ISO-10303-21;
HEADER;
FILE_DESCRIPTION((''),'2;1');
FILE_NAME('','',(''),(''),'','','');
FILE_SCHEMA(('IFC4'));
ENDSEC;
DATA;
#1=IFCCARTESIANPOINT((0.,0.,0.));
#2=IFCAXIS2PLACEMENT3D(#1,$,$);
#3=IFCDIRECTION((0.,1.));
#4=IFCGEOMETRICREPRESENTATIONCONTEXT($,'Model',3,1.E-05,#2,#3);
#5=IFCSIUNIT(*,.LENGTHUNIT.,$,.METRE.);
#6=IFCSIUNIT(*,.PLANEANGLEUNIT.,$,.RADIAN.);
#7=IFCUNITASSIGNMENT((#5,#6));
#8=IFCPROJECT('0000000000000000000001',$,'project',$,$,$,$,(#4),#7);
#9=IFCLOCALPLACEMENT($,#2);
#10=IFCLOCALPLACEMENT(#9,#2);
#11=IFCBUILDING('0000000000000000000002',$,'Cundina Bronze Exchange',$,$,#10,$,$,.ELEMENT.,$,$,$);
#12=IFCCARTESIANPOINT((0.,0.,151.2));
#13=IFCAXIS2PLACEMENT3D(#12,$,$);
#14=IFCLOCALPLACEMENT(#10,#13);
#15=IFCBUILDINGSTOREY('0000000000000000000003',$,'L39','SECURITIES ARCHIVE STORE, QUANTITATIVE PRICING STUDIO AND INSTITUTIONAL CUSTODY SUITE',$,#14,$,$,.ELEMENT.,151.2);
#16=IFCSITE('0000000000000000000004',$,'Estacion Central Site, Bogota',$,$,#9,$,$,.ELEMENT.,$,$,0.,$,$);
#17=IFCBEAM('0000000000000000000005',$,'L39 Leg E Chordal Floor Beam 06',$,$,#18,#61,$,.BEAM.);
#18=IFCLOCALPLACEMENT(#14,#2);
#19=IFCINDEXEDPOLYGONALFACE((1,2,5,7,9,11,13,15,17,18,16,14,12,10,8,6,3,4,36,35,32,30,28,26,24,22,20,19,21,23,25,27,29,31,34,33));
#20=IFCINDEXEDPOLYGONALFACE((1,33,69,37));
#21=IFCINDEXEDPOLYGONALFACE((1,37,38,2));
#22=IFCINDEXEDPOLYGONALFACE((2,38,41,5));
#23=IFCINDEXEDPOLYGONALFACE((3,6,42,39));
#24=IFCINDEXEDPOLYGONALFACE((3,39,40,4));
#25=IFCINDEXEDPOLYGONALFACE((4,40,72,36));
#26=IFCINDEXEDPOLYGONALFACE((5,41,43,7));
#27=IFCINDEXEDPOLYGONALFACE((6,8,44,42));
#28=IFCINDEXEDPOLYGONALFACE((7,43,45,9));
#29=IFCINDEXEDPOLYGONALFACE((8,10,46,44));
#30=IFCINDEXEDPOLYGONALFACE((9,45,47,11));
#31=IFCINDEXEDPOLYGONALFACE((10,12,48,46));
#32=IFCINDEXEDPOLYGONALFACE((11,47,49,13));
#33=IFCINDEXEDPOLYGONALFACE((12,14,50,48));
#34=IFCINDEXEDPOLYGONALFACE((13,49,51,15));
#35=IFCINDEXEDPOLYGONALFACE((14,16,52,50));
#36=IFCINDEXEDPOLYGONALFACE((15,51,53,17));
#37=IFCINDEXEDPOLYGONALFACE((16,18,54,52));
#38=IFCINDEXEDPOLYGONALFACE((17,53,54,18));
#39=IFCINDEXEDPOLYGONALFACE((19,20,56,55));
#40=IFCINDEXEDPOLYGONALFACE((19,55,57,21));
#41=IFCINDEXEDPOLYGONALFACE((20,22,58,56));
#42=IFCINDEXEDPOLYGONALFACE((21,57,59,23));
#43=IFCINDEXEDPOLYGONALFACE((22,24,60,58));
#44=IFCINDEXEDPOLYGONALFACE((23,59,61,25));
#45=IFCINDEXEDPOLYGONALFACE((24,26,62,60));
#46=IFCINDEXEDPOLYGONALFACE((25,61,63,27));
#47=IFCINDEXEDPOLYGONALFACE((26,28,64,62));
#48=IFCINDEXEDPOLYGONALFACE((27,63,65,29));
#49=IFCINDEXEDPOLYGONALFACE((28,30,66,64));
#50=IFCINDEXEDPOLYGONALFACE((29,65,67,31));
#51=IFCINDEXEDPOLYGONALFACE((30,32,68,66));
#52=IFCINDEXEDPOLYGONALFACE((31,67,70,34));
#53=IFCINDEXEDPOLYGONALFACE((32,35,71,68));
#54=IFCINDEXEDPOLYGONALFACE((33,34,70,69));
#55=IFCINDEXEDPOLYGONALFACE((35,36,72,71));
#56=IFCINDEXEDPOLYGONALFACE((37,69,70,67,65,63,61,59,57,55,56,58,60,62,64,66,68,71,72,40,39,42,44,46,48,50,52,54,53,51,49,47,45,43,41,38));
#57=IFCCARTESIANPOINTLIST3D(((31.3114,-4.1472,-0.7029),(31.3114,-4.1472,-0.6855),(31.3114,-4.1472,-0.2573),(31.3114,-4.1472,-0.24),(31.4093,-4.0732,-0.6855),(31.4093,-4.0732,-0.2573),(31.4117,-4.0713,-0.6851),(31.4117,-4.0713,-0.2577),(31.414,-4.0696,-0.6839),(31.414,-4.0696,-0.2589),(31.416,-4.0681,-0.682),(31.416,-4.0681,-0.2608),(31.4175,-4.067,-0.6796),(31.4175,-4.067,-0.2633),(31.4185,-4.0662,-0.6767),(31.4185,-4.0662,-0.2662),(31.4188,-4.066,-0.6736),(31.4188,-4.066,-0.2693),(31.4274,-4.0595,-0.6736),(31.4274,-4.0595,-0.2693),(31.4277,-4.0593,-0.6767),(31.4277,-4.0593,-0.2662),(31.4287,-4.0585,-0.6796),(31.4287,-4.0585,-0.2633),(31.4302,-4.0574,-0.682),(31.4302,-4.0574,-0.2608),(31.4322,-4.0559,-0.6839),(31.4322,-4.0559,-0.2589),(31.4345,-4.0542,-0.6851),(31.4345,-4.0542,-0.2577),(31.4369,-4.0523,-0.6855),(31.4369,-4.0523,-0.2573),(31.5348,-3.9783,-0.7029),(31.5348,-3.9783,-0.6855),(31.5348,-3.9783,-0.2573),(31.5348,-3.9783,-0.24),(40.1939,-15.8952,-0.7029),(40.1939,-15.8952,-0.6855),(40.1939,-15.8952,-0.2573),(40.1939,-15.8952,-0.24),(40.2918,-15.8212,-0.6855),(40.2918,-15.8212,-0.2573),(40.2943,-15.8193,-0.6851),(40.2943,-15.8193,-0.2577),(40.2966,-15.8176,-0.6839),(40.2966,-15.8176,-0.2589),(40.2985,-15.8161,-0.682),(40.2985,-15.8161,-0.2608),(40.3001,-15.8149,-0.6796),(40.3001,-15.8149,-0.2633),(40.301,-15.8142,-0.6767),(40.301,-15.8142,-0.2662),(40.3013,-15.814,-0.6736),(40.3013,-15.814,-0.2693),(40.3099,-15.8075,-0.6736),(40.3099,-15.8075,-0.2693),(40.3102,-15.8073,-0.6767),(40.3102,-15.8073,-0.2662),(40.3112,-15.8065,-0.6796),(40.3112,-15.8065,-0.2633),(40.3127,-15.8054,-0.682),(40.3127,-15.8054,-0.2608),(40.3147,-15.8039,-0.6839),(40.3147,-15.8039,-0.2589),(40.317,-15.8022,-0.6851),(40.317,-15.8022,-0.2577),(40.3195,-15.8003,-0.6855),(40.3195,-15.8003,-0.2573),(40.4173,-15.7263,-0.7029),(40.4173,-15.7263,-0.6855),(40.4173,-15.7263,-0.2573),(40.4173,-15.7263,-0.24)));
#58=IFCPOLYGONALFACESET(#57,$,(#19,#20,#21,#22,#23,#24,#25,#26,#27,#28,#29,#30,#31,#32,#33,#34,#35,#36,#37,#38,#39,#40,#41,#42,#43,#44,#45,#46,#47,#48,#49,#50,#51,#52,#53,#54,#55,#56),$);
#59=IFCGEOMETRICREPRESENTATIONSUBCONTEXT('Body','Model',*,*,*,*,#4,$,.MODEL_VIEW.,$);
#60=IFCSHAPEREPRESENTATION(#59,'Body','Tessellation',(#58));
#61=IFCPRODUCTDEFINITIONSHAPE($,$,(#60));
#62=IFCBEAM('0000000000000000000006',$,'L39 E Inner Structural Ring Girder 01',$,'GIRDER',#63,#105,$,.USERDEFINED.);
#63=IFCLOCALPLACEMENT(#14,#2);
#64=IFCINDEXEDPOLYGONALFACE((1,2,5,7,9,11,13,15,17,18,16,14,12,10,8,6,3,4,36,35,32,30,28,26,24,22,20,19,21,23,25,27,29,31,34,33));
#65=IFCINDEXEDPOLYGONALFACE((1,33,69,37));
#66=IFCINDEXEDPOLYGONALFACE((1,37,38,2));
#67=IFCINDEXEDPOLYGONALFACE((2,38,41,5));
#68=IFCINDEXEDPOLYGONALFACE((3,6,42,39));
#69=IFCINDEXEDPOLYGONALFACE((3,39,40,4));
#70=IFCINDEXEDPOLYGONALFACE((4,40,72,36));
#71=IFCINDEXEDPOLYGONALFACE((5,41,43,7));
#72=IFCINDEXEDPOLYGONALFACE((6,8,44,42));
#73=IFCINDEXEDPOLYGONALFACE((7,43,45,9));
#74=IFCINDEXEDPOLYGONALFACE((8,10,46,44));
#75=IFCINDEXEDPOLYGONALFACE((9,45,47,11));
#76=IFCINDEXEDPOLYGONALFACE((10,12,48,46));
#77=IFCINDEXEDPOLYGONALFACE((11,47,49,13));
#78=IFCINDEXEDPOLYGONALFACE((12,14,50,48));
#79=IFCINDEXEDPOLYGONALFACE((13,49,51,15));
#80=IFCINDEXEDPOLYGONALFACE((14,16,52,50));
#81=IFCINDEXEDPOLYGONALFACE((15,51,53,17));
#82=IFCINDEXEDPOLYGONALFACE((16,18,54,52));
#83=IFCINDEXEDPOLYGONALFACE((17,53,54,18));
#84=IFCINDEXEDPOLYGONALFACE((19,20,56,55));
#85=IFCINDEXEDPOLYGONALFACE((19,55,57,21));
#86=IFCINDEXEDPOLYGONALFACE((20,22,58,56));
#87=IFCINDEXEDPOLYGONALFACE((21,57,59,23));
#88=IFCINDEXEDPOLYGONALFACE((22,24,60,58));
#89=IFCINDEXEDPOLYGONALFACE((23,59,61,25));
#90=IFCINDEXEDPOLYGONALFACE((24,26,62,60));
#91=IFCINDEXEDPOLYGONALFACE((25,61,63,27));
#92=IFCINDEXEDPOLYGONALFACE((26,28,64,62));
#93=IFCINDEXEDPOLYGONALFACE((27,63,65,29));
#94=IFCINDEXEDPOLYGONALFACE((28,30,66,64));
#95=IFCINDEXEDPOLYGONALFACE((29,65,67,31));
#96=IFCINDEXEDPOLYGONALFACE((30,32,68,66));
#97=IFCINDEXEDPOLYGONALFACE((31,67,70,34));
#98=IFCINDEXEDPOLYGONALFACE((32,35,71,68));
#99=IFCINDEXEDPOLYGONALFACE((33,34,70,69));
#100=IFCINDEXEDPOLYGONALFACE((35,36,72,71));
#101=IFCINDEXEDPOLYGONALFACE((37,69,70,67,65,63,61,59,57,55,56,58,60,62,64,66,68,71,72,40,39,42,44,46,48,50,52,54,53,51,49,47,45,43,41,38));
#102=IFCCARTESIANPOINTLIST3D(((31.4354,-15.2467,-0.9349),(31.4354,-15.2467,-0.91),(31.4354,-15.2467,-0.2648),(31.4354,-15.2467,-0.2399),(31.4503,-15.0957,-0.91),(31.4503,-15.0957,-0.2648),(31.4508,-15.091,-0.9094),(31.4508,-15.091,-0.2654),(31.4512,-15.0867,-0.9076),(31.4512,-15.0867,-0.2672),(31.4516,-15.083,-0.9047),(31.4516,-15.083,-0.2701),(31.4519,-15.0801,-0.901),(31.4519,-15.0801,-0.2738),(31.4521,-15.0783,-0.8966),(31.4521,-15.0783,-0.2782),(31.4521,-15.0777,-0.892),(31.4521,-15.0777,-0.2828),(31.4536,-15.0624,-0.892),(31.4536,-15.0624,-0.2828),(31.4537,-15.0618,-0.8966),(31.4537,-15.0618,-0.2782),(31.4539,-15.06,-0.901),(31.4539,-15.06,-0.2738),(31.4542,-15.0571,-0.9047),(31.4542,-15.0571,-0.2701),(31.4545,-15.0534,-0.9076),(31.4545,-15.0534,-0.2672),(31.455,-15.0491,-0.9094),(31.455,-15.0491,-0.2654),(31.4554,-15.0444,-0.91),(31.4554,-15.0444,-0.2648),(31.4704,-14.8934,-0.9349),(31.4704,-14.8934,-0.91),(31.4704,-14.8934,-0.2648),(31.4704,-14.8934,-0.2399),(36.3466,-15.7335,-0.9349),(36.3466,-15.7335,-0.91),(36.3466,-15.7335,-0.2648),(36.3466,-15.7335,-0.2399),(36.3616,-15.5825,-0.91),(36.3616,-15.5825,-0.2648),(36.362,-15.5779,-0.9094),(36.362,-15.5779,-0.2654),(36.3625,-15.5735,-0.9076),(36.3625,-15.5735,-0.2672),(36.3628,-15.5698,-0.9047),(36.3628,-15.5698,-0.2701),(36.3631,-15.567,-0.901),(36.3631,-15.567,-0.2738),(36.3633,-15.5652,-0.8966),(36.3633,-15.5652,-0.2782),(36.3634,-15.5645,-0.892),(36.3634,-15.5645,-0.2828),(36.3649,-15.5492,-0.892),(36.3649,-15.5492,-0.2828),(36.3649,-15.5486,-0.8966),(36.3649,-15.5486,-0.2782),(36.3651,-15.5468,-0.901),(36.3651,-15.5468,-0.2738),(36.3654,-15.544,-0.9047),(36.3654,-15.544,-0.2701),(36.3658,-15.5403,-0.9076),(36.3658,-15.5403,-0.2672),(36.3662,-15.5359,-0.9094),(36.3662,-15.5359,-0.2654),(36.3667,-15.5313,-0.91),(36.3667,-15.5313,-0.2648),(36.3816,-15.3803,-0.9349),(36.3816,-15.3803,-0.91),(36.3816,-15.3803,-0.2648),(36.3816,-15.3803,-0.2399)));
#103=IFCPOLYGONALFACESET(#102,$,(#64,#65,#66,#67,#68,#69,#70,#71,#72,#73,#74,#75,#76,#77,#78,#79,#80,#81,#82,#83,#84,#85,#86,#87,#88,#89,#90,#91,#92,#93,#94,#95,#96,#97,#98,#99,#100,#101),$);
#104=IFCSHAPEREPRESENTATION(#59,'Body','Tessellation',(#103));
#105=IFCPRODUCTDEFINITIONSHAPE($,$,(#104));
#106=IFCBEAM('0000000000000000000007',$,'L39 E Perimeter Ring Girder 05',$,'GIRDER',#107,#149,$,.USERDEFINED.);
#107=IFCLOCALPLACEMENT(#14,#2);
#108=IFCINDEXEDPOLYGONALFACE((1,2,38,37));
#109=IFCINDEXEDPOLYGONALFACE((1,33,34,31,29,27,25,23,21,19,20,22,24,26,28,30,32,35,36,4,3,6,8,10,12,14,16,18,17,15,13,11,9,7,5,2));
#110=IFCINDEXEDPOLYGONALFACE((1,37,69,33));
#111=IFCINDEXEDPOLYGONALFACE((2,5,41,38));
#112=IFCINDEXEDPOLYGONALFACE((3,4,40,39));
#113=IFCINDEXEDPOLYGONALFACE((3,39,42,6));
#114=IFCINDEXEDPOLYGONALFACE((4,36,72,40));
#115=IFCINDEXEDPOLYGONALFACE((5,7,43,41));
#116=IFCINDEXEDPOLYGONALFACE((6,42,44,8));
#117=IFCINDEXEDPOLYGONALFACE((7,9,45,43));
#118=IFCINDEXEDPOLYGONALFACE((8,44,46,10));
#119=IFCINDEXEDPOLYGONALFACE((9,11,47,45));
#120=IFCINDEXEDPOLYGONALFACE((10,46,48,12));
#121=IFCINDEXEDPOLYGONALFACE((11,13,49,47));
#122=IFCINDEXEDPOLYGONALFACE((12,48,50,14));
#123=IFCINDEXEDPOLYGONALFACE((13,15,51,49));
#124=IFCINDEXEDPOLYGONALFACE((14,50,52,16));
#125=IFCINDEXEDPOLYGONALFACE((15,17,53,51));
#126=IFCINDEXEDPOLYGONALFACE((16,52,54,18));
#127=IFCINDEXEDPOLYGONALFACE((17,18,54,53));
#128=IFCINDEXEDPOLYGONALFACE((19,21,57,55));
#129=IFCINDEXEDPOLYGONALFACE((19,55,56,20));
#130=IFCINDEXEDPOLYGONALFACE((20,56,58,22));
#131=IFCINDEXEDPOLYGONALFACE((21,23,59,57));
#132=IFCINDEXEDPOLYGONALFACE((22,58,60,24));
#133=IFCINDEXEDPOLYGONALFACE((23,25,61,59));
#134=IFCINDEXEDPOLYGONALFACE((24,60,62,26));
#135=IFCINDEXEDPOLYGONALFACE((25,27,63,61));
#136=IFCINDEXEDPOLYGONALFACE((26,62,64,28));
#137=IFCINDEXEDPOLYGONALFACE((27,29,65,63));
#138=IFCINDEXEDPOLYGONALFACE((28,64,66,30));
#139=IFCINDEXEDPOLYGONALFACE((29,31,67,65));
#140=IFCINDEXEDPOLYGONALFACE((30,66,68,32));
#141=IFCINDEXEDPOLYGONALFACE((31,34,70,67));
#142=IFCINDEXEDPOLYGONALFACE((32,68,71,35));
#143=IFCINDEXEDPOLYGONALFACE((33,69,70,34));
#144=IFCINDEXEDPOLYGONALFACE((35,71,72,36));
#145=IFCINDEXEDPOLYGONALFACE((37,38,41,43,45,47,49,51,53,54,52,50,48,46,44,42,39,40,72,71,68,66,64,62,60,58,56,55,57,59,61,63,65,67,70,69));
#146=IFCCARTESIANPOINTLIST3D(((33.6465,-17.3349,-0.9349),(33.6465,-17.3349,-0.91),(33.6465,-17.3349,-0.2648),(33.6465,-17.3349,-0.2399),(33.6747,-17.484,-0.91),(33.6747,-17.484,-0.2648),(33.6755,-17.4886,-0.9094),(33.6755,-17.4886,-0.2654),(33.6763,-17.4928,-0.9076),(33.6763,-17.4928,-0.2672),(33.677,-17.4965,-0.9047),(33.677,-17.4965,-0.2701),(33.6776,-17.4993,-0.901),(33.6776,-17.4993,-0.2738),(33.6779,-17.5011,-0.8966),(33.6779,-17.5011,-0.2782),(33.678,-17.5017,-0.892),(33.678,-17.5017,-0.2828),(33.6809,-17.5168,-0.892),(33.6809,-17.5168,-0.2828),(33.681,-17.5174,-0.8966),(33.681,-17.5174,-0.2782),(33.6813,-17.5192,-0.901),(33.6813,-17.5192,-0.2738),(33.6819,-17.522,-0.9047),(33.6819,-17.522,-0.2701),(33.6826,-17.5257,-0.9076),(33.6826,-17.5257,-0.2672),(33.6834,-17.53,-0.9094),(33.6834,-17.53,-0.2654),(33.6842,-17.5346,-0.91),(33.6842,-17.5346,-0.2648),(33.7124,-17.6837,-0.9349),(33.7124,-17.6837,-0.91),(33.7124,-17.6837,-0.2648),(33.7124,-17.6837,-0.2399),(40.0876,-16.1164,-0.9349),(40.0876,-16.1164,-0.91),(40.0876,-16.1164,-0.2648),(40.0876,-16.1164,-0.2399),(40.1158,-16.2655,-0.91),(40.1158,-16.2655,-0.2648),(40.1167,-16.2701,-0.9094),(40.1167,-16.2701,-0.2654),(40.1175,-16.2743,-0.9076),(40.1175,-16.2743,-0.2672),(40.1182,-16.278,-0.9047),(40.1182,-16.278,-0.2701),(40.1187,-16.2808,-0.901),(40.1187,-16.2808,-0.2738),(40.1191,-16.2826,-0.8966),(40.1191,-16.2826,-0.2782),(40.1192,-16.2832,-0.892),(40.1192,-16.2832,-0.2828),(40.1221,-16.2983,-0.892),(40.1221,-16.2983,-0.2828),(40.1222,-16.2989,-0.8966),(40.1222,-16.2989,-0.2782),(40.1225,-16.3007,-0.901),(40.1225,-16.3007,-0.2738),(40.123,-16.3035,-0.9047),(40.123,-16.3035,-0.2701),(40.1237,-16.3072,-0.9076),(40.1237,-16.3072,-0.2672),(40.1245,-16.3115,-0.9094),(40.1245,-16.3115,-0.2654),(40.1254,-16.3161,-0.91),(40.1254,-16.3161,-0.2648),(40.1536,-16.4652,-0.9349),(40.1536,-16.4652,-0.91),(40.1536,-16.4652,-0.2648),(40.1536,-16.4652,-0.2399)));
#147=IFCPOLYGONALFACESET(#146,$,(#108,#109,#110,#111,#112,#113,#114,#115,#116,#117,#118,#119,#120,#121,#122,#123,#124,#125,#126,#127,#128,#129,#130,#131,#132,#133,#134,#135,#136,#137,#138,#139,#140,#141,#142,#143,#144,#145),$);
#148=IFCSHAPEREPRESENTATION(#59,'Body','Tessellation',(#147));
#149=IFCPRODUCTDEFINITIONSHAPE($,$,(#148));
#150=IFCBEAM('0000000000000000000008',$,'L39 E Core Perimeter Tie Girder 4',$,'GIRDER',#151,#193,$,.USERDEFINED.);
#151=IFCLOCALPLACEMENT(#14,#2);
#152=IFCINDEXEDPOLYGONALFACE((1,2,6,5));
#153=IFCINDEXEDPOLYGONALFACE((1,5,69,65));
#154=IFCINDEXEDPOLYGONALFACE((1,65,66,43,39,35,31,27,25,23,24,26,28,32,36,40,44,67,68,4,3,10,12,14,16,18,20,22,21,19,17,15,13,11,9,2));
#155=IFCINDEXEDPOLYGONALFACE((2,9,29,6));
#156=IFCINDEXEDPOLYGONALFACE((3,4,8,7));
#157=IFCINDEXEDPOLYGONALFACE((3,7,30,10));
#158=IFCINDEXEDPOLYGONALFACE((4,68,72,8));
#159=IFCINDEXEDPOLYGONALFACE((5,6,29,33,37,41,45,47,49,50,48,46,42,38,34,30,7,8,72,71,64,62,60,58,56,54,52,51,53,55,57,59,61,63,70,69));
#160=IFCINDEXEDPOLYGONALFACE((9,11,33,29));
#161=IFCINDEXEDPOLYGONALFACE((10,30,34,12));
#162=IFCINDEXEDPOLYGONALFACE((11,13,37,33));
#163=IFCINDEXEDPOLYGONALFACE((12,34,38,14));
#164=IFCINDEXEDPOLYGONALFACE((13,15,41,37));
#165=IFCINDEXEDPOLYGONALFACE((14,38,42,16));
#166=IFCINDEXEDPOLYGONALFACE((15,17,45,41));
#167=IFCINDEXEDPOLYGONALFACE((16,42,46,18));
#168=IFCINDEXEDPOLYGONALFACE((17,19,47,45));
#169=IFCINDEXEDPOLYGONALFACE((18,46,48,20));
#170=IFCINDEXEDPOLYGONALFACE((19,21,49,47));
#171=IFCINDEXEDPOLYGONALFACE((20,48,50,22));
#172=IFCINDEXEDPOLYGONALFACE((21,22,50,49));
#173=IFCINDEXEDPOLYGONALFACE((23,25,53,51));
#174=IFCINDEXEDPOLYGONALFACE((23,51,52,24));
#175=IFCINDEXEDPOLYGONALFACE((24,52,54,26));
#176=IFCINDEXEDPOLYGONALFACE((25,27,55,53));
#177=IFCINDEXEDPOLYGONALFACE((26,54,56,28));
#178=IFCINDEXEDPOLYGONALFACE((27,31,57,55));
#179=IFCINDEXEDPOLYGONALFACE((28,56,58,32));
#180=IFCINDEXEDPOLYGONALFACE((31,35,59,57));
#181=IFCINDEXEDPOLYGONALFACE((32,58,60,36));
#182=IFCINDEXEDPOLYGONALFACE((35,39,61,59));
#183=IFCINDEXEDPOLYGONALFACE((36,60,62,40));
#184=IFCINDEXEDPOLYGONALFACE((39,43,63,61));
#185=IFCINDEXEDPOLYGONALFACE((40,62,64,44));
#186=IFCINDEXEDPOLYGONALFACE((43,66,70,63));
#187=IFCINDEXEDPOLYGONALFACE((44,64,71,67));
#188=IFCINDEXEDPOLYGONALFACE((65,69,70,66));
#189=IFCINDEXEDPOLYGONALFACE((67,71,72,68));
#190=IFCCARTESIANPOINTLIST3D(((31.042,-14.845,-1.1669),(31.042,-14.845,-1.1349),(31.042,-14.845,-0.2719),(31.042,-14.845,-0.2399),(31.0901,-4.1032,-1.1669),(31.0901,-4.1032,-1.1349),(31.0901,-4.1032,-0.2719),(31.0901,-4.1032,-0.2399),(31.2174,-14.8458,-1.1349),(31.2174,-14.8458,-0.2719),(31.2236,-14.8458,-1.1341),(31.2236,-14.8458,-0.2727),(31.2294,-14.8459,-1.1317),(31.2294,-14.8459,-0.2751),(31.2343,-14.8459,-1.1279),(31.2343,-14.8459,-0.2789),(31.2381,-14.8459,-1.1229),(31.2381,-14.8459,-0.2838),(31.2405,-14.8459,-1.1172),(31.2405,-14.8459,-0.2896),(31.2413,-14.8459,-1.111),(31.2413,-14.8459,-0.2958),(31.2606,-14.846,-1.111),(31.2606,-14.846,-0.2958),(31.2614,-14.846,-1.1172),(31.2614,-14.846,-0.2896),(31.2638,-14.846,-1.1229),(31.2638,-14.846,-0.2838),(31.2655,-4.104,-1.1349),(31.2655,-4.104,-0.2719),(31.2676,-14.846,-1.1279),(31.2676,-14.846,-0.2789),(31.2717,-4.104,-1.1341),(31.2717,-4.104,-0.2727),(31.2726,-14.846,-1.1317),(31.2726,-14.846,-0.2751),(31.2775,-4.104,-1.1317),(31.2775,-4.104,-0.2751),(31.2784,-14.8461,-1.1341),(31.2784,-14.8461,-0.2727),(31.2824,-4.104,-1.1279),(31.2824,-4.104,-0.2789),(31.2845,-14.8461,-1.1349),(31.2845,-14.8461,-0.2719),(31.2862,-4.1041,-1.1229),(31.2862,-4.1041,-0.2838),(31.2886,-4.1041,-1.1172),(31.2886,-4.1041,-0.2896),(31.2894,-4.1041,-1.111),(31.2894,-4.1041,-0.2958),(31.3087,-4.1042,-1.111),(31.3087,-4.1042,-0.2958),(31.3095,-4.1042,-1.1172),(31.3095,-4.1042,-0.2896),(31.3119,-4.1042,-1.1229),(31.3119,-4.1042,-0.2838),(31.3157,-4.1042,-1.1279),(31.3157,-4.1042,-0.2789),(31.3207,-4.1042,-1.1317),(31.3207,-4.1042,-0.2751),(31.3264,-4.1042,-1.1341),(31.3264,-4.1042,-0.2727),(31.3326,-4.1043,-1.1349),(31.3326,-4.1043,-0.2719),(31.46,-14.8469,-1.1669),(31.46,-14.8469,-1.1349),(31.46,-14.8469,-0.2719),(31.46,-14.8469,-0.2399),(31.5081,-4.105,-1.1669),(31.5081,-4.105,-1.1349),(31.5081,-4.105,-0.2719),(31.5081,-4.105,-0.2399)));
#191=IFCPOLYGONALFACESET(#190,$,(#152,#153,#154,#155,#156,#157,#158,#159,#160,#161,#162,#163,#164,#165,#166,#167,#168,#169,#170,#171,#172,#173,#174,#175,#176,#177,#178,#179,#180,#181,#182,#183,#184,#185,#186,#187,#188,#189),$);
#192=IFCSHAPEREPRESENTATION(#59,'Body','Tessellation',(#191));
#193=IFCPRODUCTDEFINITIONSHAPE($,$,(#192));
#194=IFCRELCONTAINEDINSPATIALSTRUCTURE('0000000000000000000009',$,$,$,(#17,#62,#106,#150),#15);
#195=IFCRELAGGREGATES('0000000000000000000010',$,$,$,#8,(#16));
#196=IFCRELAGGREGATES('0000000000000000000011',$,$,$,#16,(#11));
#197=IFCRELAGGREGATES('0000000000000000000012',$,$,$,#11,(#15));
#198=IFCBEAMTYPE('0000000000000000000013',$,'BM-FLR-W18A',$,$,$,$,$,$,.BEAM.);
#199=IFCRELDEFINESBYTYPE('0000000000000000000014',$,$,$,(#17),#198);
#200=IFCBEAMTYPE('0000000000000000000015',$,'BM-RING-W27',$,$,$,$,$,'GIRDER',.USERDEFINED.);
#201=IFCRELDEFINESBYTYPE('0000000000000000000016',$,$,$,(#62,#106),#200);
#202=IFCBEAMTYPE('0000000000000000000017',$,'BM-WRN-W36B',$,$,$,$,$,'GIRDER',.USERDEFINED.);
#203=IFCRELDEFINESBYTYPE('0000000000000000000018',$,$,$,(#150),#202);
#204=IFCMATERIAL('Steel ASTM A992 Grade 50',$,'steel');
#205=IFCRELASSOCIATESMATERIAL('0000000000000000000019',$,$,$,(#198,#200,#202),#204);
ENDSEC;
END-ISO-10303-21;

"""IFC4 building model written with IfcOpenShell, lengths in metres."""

from ifc_helpers import new_model, si_unit, direction, frame, origin, origin_2d, place, context, subcontext, project, spatial, i_section, extrude, material, material_profile, profile_set, type_object, element, save


model = new_model("IFC4")

# Units and contexts
model_context = context("Model", 3, precision=1e-05, world=origin(), true_north=direction((0.0, 1.0)))
body_context = subcontext(model_context, "Body", "Model", "MODEL_VIEW")
ifc_project = project(units=[si_unit("LENGTHUNIT", "METRE"), si_unit("PLANEANGLEUNIT", "RADIAN")], contexts=[model_context])

# Site, building, storey
site_placement = place(None, origin())
site = spatial("IfcSite", under=ifc_project, at=site_placement, Name="Estacion Central Site, Bogota", CompositionType="ELEMENT", RefElevation=0.0)
building_placement = place(site_placement, origin())
building = spatial("IfcBuilding", under=site, at=building_placement, Name="Cundina Bronze Exchange", CompositionType="ELEMENT")
storey_placement = place(building_placement, frame((0.0, 0.0, 151.2)))
storey = spatial("IfcBuildingStorey", under=building, at=storey_placement, Name="L39", Description="SECURITIES ARCHIVE STORE, QUANTITATIVE PRICING STUDIO AND INSTITUTIONAL CUSTODY SUITE", CompositionType="ELEMENT", Elevation=151.2)

# Shared definitions
ifc_material_1 = material(Name="Steel ASTM A992 Grade 50", Category="steel")

# Beams
ifc_material_profile_1 = material_profile(ifc_material_1, i_section(OverallWidth=0.28, OverallDepth=0.4629, WebThickness=0.0107, FlangeThickness=0.0173, FilletRadius=0.012, at=origin_2d()), Name="W18X76", Category="steel")
ifc_profile_set_1 = profile_set([ifc_material_profile_1], Name="Steel ASTM A992 Grade 50")
beam_type_1 = type_object("IfcBeamType", Name="BM-FLR-W18A", PredefinedType="BEAM", material=ifc_profile_set_1)
beam_1_placement = place(storey_placement, frame((31.4231, -4.0627, -0.4714), z_axis=(0.603104, -0.797663, 0.0), x_axis=(0.797663, 0.603104, 0.0)))
element("IfcBeam", 1, at=beam_1_placement, inside=storey, type_object=beam_type_1, Name="L39 Leg E Chordal Floor Beam 06", PredefinedType="BEAM", context=body_context, shape_type="SweptSolid", body=[
    extrude(i_section(OverallWidth=0.28, OverallDepth=0.4629, WebThickness=0.0107, FlangeThickness=0.0173, FilletRadius=0.012, at=origin_2d()), origin(), (0.0, 0.0, 1.0), 14.728),
])
ifc_material_profile_2 = material_profile(ifc_material_1, i_section(OverallWidth=0.355, OverallDepth=0.6951, WebThickness=0.0154, FlangeThickness=0.0249, FilletRadius=0.0181, at=origin_2d()), Name="W27X146", Category="steel")
ifc_profile_set_2 = profile_set([ifc_material_profile_2], Name="Steel ASTM A992 Grade 50")
beam_type_2 = type_object("IfcBeamType", Name="BM-RING-W27", ElementType="GIRDER", PredefinedType="USERDEFINED", material=ifc_profile_set_2)
beam_2_placement = place(storey_placement, frame((31.4529, -15.0701, -0.5874), z_axis=(0.995123, -0.098642, 0.0), x_axis=(0.098642, 0.995123, 0.0)))
element("IfcBeam", 2, at=beam_2_placement, inside=storey, type_object=beam_type_2, Name="L39 E Inner Structural Ring Girder 01", ObjectType="GIRDER", PredefinedType="USERDEFINED", context=body_context, shape_type="SweptSolid", body=[
    extrude(i_section(OverallWidth=0.355, OverallDepth=0.6951, WebThickness=0.0154, FlangeThickness=0.0249, FilletRadius=0.0181, at=origin_2d()), origin(), (0.0, 0.0, 1.0), 4.9353),
])
beam_3_placement = place(storey_placement, frame((33.6794, -17.5093, -0.5874), z_axis=(0.982573, 0.185878, 0.0), x_axis=(-0.185878, 0.982573, 0.0)))
element("IfcBeam", 3, at=beam_3_placement, inside=storey, type_object=beam_type_2, Name="L39 E Perimeter Ring Girder 05", ObjectType="GIRDER", PredefinedType="USERDEFINED", context=body_context, shape_type="SweptSolid", body=[
    extrude(i_section(OverallWidth=0.355, OverallDepth=0.6951, WebThickness=0.0154, FlangeThickness=0.0249, FilletRadius=0.0181, at=origin_2d()), origin(), (0.0, 0.0, 1.0), 6.5554),
])
ifc_material_profile_3 = material_profile(ifc_material_1, i_section(OverallWidth=0.418, OverallDepth=0.927, WebThickness=0.0193, FlangeThickness=0.032, FilletRadius=0.0239, at=origin_2d()), Name="W36X231", Category="steel")
ifc_profile_set_3 = profile_set([ifc_material_profile_3], Name="Steel ASTM A992 Grade 50")
beam_type_3 = type_object("IfcBeamType", Name="BM-WRN-W36B", ElementType="GIRDER", PredefinedType="USERDEFINED", material=ifc_profile_set_3)
beam_4_placement = place(storey_placement, frame((31.251, -14.8459, -0.7034), z_axis=(0.004477, 0.99999, 0.0), x_axis=(-0.99999, 0.004477, 0.0)))
element("IfcBeam", 4, at=beam_4_placement, inside=storey, type_object=beam_type_3, Name="L39 E Core Perimeter Tie Girder 4", ObjectType="GIRDER", PredefinedType="USERDEFINED", context=body_context, shape_type="SweptSolid", body=[
    extrude(i_section(OverallWidth=0.418, OverallDepth=0.927, WebThickness=0.0193, FlangeThickness=0.032, FilletRadius=0.0239, at=origin_2d()), origin(), (0.0, 0.0, 1.0), 10.7419),
])

save(model, "model.ifc")
